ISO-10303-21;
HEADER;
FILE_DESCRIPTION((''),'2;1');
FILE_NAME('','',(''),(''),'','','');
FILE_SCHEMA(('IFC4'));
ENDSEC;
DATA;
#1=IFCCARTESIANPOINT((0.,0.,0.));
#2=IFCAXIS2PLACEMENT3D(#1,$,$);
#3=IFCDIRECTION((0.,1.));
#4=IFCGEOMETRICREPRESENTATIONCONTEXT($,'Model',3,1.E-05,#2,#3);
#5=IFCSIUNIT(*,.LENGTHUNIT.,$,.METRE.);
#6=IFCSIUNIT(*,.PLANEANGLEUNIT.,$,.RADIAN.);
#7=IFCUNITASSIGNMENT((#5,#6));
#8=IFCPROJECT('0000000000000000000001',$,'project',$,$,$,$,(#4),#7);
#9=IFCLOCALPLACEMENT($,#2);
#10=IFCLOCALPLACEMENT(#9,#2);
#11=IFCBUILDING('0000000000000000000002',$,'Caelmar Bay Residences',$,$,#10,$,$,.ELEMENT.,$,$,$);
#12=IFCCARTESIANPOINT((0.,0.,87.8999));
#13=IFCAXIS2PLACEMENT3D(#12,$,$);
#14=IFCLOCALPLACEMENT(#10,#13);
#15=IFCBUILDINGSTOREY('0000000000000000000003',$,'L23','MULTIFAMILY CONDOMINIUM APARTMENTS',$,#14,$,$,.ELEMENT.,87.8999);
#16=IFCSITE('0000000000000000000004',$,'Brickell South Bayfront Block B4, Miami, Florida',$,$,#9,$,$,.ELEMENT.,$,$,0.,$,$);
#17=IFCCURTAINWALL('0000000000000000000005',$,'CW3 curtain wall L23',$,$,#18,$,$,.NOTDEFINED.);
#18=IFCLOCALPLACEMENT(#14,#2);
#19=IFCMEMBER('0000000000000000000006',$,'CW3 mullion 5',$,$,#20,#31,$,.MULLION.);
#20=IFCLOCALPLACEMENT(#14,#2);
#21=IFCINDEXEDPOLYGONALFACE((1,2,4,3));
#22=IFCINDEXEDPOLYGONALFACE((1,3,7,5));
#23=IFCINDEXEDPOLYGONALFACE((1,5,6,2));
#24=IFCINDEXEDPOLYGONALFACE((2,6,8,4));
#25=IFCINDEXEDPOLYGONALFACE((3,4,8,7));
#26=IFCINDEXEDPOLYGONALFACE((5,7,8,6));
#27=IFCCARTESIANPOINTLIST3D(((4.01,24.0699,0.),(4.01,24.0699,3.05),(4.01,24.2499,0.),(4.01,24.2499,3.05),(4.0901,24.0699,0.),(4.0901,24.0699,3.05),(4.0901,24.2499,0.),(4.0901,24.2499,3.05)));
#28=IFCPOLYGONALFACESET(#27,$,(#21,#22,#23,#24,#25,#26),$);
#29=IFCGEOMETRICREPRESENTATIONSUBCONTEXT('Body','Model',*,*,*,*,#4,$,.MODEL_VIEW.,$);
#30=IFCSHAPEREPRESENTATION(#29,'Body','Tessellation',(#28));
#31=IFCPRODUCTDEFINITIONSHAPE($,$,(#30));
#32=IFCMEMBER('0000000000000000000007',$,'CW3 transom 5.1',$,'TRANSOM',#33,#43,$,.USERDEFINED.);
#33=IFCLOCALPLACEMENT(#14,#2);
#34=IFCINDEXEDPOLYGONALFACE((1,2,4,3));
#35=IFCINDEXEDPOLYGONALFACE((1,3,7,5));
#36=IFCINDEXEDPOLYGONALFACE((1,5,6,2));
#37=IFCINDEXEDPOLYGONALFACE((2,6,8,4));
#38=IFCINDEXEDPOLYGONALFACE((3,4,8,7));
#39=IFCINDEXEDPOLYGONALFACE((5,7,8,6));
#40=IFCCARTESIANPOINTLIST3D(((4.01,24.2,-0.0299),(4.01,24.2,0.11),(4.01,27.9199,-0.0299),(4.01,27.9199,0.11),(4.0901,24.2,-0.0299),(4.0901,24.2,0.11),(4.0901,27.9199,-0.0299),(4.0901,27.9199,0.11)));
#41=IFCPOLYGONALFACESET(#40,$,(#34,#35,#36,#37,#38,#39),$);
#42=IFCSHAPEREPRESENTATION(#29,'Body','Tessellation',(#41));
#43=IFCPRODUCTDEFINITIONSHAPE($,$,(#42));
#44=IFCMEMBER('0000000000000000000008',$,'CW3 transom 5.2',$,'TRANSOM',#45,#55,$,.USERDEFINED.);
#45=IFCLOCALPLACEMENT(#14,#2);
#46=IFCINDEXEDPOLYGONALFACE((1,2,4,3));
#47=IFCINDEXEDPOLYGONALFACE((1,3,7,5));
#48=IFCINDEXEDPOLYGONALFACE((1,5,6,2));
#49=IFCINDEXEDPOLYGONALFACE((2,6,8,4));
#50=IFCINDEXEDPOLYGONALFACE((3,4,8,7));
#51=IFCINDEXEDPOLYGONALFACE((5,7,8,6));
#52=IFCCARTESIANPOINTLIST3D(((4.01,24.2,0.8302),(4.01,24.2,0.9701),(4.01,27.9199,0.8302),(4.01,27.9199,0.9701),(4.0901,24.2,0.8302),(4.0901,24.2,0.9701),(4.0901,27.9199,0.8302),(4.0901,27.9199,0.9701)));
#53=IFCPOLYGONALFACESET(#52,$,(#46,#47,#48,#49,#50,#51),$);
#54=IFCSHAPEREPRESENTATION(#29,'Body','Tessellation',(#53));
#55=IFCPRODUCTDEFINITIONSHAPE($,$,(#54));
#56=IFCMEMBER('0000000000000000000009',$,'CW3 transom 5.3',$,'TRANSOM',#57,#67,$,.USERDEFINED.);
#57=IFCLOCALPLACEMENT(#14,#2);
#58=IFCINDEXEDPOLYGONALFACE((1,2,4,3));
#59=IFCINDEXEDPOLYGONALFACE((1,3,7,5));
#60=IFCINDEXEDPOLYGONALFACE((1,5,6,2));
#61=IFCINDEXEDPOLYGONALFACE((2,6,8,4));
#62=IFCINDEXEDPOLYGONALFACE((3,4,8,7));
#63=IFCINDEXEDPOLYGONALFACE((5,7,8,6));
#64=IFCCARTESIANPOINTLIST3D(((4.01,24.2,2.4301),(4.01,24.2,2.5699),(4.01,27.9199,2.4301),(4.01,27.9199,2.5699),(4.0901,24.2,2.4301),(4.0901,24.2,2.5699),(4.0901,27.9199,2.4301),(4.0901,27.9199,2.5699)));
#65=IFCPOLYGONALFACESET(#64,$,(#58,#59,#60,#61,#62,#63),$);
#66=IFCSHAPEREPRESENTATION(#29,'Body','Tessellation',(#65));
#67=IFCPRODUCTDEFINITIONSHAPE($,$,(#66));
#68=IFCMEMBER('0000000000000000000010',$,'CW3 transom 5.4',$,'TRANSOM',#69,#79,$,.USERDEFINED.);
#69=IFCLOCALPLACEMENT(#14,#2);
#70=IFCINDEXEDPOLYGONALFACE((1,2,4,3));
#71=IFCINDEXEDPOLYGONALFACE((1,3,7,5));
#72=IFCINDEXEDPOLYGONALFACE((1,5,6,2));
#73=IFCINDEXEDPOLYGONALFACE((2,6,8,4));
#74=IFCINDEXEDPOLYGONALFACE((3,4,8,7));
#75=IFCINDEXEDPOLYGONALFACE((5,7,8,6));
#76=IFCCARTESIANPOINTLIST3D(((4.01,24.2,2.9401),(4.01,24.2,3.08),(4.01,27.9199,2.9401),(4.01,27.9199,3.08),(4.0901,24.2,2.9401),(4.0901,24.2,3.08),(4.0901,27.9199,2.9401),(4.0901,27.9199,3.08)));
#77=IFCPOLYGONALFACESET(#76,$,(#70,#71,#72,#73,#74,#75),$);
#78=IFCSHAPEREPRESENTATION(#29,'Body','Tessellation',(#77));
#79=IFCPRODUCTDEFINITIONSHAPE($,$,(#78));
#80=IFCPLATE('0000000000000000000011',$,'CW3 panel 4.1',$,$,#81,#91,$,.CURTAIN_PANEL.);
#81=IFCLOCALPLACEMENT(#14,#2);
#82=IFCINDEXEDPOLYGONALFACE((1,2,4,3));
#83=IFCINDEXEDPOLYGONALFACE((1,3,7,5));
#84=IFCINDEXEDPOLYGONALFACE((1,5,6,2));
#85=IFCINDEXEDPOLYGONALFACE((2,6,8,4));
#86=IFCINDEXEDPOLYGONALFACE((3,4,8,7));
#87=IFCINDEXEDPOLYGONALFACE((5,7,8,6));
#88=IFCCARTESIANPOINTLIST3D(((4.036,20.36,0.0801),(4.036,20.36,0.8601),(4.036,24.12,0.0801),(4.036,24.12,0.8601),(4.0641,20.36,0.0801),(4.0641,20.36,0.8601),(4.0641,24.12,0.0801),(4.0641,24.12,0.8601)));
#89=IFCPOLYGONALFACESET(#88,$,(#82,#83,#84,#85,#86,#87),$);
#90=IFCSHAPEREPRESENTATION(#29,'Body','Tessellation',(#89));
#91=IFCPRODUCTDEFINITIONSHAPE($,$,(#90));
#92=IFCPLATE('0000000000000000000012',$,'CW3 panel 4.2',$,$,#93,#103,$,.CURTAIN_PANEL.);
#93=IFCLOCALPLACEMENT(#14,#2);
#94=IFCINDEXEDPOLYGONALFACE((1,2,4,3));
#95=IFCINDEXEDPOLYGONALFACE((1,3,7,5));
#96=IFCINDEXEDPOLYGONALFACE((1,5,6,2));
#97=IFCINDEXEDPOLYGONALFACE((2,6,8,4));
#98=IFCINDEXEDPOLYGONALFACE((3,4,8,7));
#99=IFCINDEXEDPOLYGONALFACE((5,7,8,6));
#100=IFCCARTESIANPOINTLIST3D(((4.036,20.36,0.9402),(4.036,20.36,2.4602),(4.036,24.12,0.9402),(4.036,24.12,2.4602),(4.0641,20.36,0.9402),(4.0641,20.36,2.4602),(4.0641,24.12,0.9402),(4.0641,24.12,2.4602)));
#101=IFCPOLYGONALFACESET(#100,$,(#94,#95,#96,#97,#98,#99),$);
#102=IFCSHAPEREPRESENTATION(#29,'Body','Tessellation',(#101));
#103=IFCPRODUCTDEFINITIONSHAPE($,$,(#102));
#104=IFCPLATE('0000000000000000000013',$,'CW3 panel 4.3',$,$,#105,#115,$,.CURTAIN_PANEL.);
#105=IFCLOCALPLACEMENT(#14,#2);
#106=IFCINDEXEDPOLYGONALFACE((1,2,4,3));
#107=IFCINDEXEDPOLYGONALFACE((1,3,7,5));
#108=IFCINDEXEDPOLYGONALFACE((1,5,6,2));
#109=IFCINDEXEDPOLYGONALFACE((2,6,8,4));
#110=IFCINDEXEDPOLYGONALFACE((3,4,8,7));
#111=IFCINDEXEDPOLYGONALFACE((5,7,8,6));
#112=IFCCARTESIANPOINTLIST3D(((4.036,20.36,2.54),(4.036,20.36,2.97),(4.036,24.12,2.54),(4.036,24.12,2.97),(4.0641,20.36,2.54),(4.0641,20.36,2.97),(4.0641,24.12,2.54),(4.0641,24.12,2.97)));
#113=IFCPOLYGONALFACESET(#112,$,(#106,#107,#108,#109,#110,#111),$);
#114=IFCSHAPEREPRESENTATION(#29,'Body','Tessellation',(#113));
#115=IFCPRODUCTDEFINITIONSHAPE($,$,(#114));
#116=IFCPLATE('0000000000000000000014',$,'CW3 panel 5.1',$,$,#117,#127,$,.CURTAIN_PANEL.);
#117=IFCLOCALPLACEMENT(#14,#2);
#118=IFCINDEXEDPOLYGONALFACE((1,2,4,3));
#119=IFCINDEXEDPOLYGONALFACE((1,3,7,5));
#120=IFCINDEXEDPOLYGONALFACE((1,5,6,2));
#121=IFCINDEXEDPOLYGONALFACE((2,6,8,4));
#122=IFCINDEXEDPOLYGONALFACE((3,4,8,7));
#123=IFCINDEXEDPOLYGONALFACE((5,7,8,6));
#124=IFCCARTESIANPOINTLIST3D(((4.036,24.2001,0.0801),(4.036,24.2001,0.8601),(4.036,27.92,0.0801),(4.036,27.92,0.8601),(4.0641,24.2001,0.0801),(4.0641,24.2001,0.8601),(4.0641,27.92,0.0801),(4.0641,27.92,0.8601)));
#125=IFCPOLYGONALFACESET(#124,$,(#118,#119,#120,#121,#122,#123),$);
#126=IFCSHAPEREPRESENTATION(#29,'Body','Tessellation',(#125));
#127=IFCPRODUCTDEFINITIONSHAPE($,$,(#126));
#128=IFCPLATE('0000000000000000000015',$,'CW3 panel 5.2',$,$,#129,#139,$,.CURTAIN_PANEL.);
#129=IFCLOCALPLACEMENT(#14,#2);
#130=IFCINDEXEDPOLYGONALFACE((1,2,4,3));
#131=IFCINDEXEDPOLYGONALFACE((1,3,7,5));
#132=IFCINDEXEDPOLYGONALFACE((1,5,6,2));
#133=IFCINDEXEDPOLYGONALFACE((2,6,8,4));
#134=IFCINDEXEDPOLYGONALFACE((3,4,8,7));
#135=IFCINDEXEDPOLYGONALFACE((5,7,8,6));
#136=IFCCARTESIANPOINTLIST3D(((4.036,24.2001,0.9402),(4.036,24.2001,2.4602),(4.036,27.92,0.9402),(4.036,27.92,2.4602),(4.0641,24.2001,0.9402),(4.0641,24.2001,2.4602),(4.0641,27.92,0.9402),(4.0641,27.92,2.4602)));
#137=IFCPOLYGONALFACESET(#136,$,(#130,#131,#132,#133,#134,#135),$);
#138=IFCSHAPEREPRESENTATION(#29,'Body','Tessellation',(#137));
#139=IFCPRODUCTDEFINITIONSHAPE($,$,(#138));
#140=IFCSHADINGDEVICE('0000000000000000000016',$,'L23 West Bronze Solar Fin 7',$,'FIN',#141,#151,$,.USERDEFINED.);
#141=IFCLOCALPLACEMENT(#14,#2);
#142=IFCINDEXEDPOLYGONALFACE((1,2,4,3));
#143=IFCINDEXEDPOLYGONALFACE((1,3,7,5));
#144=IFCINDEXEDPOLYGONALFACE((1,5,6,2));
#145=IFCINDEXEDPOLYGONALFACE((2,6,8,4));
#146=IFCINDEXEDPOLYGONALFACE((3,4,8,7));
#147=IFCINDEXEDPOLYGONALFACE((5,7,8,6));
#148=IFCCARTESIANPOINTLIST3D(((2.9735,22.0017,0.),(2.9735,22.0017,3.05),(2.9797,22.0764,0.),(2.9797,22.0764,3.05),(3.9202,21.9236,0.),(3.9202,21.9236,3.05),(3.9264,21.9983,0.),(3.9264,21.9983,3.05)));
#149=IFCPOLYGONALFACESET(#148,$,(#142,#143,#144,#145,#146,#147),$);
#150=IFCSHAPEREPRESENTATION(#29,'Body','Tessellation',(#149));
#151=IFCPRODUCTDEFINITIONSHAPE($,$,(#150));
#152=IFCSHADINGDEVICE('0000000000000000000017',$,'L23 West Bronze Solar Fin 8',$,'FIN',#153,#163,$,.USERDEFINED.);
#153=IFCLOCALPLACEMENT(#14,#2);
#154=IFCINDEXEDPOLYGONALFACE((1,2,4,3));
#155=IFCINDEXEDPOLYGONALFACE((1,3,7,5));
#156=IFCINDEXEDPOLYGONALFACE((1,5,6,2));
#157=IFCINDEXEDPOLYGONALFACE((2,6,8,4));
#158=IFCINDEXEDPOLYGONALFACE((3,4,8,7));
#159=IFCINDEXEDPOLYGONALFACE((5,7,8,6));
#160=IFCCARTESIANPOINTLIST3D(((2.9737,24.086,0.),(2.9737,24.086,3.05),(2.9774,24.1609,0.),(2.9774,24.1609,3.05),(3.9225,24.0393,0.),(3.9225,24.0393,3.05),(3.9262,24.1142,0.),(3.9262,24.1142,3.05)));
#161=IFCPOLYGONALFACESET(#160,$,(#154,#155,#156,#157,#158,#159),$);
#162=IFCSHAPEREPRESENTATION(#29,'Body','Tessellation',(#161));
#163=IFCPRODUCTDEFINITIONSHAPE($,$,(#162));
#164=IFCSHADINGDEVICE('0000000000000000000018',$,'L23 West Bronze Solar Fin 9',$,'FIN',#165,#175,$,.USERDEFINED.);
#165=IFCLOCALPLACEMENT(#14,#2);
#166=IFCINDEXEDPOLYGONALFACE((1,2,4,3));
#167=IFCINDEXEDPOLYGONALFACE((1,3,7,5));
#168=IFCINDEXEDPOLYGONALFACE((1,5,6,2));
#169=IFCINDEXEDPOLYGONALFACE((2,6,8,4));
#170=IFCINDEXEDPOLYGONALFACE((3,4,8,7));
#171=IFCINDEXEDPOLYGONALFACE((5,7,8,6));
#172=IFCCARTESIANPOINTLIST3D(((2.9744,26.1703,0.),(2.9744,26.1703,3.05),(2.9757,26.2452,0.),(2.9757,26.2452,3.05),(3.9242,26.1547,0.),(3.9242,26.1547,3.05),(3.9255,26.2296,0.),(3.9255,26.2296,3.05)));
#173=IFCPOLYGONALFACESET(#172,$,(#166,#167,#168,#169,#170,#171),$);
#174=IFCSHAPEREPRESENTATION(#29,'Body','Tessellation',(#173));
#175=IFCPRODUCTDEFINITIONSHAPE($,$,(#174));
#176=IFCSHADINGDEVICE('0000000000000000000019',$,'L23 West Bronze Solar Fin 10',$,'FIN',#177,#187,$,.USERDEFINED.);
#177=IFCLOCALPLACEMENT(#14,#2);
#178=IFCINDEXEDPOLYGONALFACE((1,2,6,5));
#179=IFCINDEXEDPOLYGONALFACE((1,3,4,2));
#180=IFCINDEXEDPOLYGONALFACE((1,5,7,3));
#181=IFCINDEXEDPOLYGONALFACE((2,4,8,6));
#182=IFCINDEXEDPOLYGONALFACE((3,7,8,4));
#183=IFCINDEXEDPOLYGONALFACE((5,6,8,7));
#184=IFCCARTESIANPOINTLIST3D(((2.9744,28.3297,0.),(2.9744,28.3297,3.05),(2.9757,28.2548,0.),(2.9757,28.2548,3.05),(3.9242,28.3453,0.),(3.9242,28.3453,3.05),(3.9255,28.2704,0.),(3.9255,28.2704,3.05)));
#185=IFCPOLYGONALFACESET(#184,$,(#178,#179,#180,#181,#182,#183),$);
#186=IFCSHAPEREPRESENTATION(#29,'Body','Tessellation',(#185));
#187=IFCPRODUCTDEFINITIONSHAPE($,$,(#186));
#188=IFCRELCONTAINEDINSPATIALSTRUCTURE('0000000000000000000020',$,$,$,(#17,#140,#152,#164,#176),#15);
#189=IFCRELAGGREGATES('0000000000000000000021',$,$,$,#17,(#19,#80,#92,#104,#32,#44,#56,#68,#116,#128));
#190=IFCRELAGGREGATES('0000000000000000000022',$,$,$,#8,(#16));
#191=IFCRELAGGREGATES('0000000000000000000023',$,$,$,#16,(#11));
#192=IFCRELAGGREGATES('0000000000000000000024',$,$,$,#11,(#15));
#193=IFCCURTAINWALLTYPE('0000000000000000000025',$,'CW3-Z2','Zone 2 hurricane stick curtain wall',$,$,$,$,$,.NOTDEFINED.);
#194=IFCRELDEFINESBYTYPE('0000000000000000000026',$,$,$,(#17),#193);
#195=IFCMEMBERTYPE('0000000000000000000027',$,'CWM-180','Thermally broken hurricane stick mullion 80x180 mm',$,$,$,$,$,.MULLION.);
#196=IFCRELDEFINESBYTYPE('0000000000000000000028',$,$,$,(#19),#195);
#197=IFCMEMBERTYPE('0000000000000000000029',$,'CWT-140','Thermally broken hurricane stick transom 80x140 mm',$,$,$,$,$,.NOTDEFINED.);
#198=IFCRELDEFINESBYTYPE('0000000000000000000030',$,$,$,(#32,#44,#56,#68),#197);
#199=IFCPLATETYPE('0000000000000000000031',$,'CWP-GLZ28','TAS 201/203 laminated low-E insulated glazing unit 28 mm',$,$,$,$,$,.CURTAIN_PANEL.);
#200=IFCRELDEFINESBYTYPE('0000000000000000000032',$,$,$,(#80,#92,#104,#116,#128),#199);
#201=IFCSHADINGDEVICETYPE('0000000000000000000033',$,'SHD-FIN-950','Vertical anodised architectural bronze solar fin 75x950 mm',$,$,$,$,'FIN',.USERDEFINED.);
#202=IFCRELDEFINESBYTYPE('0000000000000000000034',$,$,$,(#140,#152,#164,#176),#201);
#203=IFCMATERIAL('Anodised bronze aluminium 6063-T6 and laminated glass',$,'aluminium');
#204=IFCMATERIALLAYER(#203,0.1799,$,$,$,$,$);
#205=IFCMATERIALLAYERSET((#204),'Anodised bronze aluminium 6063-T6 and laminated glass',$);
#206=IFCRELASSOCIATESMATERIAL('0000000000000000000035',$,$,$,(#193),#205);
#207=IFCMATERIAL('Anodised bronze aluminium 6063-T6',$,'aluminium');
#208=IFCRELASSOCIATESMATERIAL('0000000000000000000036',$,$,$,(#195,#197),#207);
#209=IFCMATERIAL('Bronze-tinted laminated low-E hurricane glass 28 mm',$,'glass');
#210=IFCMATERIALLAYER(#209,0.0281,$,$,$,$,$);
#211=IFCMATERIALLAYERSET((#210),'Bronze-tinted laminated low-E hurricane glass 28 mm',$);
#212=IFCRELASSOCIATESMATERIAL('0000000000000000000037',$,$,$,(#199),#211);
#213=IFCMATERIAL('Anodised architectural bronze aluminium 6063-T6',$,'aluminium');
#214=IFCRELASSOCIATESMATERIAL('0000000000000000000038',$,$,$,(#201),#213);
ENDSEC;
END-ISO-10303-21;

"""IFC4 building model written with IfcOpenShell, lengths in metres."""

from ifc_helpers import new_model, si_unit, direction, frame, origin, origin_2d, place, context, subcontext, project, spatial, rectangle, extrude, material, layer, layer_set, material_profile, profile_set, type_object, element, aggregate, save


model = new_model("IFC4")

# Units and contexts
model_context = context("Model", 3, precision=1e-05, world=origin(), true_north=direction((0.0, 1.0)))
body_context = subcontext(model_context, "Body", "Model", "MODEL_VIEW")
ifc_project = project(units=[si_unit("LENGTHUNIT", "METRE"), si_unit("PLANEANGLEUNIT", "RADIAN")], contexts=[model_context])

# Site, building, storey
site_placement = place(None, origin())
site = spatial("IfcSite", under=ifc_project, at=site_placement, Name="Brickell South Bayfront Block B4, Miami, Florida", CompositionType="ELEMENT", RefElevation=0.0)
building_placement = place(site_placement, origin())
building = spatial("IfcBuilding", under=site, at=building_placement, Name="Caelmar Bay Residences", CompositionType="ELEMENT")
storey_placement = place(building_placement, frame((0.0, 0.0, 87.8999)))
storey = spatial("IfcBuildingStorey", under=building, at=storey_placement, Name="L23", Description="MULTIFAMILY CONDOMINIUM APARTMENTS", CompositionType="ELEMENT", Elevation=87.8999)

# Curtain wall, members, plates
ifc_material_1 = material(Name="Anodised bronze aluminium 6063-T6 and laminated glass", Category="aluminium")
ifc_layer_1 = layer(ifc_material_1, 0.1799)
ifc_layer_set_1 = layer_set([ifc_layer_1], Name="Anodised bronze aluminium 6063-T6 and laminated glass")
curtain_wall_type = type_object("IfcCurtainWallType", Name="CW3-Z2", Description="Zone 2 hurricane stick curtain wall", PredefinedType="NOTDEFINED", material=ifc_layer_set_1)
curtain_wall_placement = place(storey_placement, origin())
curtain_wall = element("IfcCurtainWall", 1, at=curtain_wall_placement, inside=storey, type_object=curtain_wall_type, Name="CW3 curtain wall L23", PredefinedType="NOTDEFINED")
ifc_material_2 = material(Name="Anodised bronze aluminium 6063-T6", Category="aluminium")
ifc_material_profile_1 = material_profile(ifc_material_2, rectangle(XDim=0.0801, YDim=0.1799, at=origin_2d()), Name="CWM-80X180")
ifc_profile_set_1 = profile_set([ifc_material_profile_1], Name="Anodised bronze aluminium 6063-T6")
member_type_1 = type_object("IfcMemberType", Name="CWM-180", Description="Thermally broken hurricane stick mullion 80x180 mm", PredefinedType="MULLION", material=ifc_profile_set_1)
member_1_placement = place(storey_placement, frame((4.05, 24.1599, 0.0), z_axis=(0.0, 0.0, 1.0), x_axis=(-1.0, 0.0, 0.0)))
member_1 = element("IfcMember", 2, at=member_1_placement, type_object=member_type_1, Name="CW3 mullion 5", PredefinedType="MULLION", context=body_context, shape_type="SweptSolid", body=[
    extrude(rectangle(XDim=0.0801, YDim=0.1799, at=origin_2d()), origin(), (0.0, 0.0, 1.0), 3.05),
])
ifc_material_profile_2 = material_profile(ifc_material_2, rectangle(XDim=0.0801, YDim=0.1399, at=origin_2d()), Name="CWT-80X140")
ifc_profile_set_2 = profile_set([ifc_material_profile_2], Name="Anodised bronze aluminium 6063-T6")
member_type_2 = type_object("IfcMemberType", Name="CWT-140", Description="Thermally broken hurricane stick transom 80x140 mm", PredefinedType="NOTDEFINED", material=ifc_profile_set_2)
member_2_placement = place(storey_placement, frame((4.05, 24.2, 0.04), z_axis=(0.0, 1.0, 0.0), x_axis=(-1.0, 0.0, 0.0)))
member_2 = element("IfcMember", 3, at=member_2_placement, type_object=member_type_2, Name="CW3 transom 5.1", ObjectType="TRANSOM", PredefinedType="USERDEFINED", context=body_context, shape_type="SweptSolid", body=[
    extrude(rectangle(XDim=0.0801, YDim=0.1399, at=origin_2d()), origin(), (0.0, 0.0, 1.0), 3.72),
])
member_3_placement = place(storey_placement, frame((4.05, 24.2, 0.9001), z_axis=(0.0, 1.0, 0.0), x_axis=(-1.0, 0.0, 0.0)))
member_3 = element("IfcMember", 4, at=member_3_placement, type_object=member_type_2, Name="CW3 transom 5.2", ObjectType="TRANSOM", PredefinedType="USERDEFINED", context=body_context, shape_type="SweptSolid", body=[
    extrude(rectangle(XDim=0.0801, YDim=0.1399, at=origin_2d()), origin(), (0.0, 0.0, 1.0), 3.72),
])
member_4_placement = place(storey_placement, frame((4.05, 24.2, 2.5), z_axis=(0.0, 1.0, 0.0), x_axis=(-1.0, 0.0, 0.0)))
member_4 = element("IfcMember", 5, at=member_4_placement, type_object=member_type_2, Name="CW3 transom 5.3", ObjectType="TRANSOM", PredefinedType="USERDEFINED", context=body_context, shape_type="SweptSolid", body=[
    extrude(rectangle(XDim=0.0801, YDim=0.1399, at=origin_2d()), origin(), (0.0, 0.0, 1.0), 3.72),
])
member_5_placement = place(storey_placement, frame((4.05, 24.2, 3.01), z_axis=(0.0, 1.0, 0.0), x_axis=(-1.0, 0.0, 0.0)))
member_5 = element("IfcMember", 6, at=member_5_placement, type_object=member_type_2, Name="CW3 transom 5.4", ObjectType="TRANSOM", PredefinedType="USERDEFINED", context=body_context, shape_type="SweptSolid", body=[
    extrude(rectangle(XDim=0.0801, YDim=0.1399, at=origin_2d()), origin(), (0.0, 0.0, 1.0), 3.72),
])
ifc_material_3 = material(Name="Bronze-tinted laminated low-E hurricane glass 28 mm", Category="glass")
ifc_layer_2 = layer(ifc_material_3, 0.0281)
ifc_layer_set_2 = layer_set([ifc_layer_2], Name="Bronze-tinted laminated low-E hurricane glass 28 mm")
plate_type = type_object("IfcPlateType", Name="CWP-GLZ28", Description="TAS 201/203 laminated low-E insulated glazing unit 28 mm", PredefinedType="CURTAIN_PANEL", material=ifc_layer_set_2)
plate_1_placement = place(storey_placement, frame((4.05, 22.24, 0.0801), z_axis=(0.0, 0.0, 1.0), x_axis=(0.0, 1.0, 0.0)))
plate_1 = element("IfcPlate", 7, at=plate_1_placement, type_object=plate_type, Name="CW3 panel 4.1", PredefinedType="CURTAIN_PANEL", context=body_context, shape_type="SweptSolid", body=[
    extrude(rectangle(XDim=3.76, YDim=0.0281, at=origin_2d()), origin(), (0.0, 0.0, 1.0), 0.78),
])
plate_2_placement = place(storey_placement, frame((4.05, 22.24, 0.9402), z_axis=(0.0, 0.0, 1.0), x_axis=(0.0, 1.0, 0.0)))
plate_2 = element("IfcPlate", 8, at=plate_2_placement, type_object=plate_type, Name="CW3 panel 4.2", PredefinedType="CURTAIN_PANEL", context=body_context, shape_type="SweptSolid", body=[
    extrude(rectangle(XDim=3.76, YDim=0.0281, at=origin_2d()), origin(), (0.0, 0.0, 1.0), 1.52),
])
plate_3_placement = place(storey_placement, frame((4.05, 22.24, 2.54), z_axis=(0.0, 0.0, 1.0), x_axis=(0.0, 1.0, 0.0)))
plate_3 = element("IfcPlate", 9, at=plate_3_placement, type_object=plate_type, Name="CW3 panel 4.3", PredefinedType="CURTAIN_PANEL", context=body_context, shape_type="SweptSolid", body=[
    extrude(rectangle(XDim=3.76, YDim=0.0281, at=origin_2d()), origin(), (0.0, 0.0, 1.0), 0.4299),
])
plate_4_placement = place(storey_placement, frame((4.05, 26.0601, 0.0801), z_axis=(0.0, 0.0, 1.0), x_axis=(0.0, 1.0, 0.0)))
plate_4 = element("IfcPlate", 10, at=plate_4_placement, type_object=plate_type, Name="CW3 panel 5.1", PredefinedType="CURTAIN_PANEL", context=body_context, shape_type="SweptSolid", body=[
    extrude(rectangle(XDim=3.72, YDim=0.0281, at=origin_2d()), origin(), (0.0, 0.0, 1.0), 0.78),
])
plate_5_placement = place(storey_placement, frame((4.05, 26.0601, 0.9402), z_axis=(0.0, 0.0, 1.0), x_axis=(0.0, 1.0, 0.0)))
plate_5 = element("IfcPlate", 11, at=plate_5_placement, type_object=plate_type, Name="CW3 panel 5.2", PredefinedType="CURTAIN_PANEL", context=body_context, shape_type="SweptSolid", body=[
    extrude(rectangle(XDim=3.72, YDim=0.0281, at=origin_2d()), origin(), (0.0, 0.0, 1.0), 1.52),
])
aggregate(curtain_wall, [member_1, plate_1, plate_2, plate_3, member_2, member_3, member_4, member_5, plate_4, plate_5])

# Shading devices
ifc_material_4 = material(Name="Anodised architectural bronze aluminium 6063-T6", Category="aluminium")
ifc_material_profile_3 = material_profile(ifc_material_4, rectangle(XDim=0.075, YDim=0.95, at=origin_2d()), Name="BRONZE-FIN-75X950")
ifc_profile_set_3 = profile_set([ifc_material_profile_3], Name="Anodised architectural bronze aluminium 6063-T6")
shading_device_type = type_object("IfcShadingDeviceType", Name="SHD-FIN-950", Description="Vertical anodised architectural bronze solar fin 75x950 mm", ElementType="FIN", PredefinedType="USERDEFINED", material=ifc_profile_set_3)
for number, where, z_axis, x_axis, name in (
    (12, (3.45, 22.0, 0.0), (0.0, 0.0, 1.0), (0.082112, 0.996623, 0.0), "L23 West Bronze Solar Fin 7"),
    (13, (3.45, 24.1001, 0.0), (0.0, 0.0, 1.0), (0.049198, 0.998789, 0.0), "L23 West Bronze Solar Fin 8"),
    (14, (3.45, 26.2, 0.0), (0.0, 0.0, 1.0), (0.016405, 0.999865, 0.0), "L23 West Bronze Solar Fin 9"),
    (15, (3.45, 28.3, 0.0), (0.0, 0.0, 1.0), (-0.016405, 0.999865, 0.0), "L23 West Bronze Solar Fin 10"),
):
    element("IfcShadingDevice", number, at=place(storey_placement, frame(where, z_axis=z_axis, x_axis=x_axis)), inside=storey, type_object=shading_device_type, Name=name, ObjectType="FIN", PredefinedType="USERDEFINED", context=body_context, shape_type="SweptSolid", body=[
        extrude(rectangle(XDim=0.075, YDim=0.95, at=origin_2d()), origin(), (0.0, 0.0, 1.0), 3.05),
    ])

save(model, "model.ifc")
